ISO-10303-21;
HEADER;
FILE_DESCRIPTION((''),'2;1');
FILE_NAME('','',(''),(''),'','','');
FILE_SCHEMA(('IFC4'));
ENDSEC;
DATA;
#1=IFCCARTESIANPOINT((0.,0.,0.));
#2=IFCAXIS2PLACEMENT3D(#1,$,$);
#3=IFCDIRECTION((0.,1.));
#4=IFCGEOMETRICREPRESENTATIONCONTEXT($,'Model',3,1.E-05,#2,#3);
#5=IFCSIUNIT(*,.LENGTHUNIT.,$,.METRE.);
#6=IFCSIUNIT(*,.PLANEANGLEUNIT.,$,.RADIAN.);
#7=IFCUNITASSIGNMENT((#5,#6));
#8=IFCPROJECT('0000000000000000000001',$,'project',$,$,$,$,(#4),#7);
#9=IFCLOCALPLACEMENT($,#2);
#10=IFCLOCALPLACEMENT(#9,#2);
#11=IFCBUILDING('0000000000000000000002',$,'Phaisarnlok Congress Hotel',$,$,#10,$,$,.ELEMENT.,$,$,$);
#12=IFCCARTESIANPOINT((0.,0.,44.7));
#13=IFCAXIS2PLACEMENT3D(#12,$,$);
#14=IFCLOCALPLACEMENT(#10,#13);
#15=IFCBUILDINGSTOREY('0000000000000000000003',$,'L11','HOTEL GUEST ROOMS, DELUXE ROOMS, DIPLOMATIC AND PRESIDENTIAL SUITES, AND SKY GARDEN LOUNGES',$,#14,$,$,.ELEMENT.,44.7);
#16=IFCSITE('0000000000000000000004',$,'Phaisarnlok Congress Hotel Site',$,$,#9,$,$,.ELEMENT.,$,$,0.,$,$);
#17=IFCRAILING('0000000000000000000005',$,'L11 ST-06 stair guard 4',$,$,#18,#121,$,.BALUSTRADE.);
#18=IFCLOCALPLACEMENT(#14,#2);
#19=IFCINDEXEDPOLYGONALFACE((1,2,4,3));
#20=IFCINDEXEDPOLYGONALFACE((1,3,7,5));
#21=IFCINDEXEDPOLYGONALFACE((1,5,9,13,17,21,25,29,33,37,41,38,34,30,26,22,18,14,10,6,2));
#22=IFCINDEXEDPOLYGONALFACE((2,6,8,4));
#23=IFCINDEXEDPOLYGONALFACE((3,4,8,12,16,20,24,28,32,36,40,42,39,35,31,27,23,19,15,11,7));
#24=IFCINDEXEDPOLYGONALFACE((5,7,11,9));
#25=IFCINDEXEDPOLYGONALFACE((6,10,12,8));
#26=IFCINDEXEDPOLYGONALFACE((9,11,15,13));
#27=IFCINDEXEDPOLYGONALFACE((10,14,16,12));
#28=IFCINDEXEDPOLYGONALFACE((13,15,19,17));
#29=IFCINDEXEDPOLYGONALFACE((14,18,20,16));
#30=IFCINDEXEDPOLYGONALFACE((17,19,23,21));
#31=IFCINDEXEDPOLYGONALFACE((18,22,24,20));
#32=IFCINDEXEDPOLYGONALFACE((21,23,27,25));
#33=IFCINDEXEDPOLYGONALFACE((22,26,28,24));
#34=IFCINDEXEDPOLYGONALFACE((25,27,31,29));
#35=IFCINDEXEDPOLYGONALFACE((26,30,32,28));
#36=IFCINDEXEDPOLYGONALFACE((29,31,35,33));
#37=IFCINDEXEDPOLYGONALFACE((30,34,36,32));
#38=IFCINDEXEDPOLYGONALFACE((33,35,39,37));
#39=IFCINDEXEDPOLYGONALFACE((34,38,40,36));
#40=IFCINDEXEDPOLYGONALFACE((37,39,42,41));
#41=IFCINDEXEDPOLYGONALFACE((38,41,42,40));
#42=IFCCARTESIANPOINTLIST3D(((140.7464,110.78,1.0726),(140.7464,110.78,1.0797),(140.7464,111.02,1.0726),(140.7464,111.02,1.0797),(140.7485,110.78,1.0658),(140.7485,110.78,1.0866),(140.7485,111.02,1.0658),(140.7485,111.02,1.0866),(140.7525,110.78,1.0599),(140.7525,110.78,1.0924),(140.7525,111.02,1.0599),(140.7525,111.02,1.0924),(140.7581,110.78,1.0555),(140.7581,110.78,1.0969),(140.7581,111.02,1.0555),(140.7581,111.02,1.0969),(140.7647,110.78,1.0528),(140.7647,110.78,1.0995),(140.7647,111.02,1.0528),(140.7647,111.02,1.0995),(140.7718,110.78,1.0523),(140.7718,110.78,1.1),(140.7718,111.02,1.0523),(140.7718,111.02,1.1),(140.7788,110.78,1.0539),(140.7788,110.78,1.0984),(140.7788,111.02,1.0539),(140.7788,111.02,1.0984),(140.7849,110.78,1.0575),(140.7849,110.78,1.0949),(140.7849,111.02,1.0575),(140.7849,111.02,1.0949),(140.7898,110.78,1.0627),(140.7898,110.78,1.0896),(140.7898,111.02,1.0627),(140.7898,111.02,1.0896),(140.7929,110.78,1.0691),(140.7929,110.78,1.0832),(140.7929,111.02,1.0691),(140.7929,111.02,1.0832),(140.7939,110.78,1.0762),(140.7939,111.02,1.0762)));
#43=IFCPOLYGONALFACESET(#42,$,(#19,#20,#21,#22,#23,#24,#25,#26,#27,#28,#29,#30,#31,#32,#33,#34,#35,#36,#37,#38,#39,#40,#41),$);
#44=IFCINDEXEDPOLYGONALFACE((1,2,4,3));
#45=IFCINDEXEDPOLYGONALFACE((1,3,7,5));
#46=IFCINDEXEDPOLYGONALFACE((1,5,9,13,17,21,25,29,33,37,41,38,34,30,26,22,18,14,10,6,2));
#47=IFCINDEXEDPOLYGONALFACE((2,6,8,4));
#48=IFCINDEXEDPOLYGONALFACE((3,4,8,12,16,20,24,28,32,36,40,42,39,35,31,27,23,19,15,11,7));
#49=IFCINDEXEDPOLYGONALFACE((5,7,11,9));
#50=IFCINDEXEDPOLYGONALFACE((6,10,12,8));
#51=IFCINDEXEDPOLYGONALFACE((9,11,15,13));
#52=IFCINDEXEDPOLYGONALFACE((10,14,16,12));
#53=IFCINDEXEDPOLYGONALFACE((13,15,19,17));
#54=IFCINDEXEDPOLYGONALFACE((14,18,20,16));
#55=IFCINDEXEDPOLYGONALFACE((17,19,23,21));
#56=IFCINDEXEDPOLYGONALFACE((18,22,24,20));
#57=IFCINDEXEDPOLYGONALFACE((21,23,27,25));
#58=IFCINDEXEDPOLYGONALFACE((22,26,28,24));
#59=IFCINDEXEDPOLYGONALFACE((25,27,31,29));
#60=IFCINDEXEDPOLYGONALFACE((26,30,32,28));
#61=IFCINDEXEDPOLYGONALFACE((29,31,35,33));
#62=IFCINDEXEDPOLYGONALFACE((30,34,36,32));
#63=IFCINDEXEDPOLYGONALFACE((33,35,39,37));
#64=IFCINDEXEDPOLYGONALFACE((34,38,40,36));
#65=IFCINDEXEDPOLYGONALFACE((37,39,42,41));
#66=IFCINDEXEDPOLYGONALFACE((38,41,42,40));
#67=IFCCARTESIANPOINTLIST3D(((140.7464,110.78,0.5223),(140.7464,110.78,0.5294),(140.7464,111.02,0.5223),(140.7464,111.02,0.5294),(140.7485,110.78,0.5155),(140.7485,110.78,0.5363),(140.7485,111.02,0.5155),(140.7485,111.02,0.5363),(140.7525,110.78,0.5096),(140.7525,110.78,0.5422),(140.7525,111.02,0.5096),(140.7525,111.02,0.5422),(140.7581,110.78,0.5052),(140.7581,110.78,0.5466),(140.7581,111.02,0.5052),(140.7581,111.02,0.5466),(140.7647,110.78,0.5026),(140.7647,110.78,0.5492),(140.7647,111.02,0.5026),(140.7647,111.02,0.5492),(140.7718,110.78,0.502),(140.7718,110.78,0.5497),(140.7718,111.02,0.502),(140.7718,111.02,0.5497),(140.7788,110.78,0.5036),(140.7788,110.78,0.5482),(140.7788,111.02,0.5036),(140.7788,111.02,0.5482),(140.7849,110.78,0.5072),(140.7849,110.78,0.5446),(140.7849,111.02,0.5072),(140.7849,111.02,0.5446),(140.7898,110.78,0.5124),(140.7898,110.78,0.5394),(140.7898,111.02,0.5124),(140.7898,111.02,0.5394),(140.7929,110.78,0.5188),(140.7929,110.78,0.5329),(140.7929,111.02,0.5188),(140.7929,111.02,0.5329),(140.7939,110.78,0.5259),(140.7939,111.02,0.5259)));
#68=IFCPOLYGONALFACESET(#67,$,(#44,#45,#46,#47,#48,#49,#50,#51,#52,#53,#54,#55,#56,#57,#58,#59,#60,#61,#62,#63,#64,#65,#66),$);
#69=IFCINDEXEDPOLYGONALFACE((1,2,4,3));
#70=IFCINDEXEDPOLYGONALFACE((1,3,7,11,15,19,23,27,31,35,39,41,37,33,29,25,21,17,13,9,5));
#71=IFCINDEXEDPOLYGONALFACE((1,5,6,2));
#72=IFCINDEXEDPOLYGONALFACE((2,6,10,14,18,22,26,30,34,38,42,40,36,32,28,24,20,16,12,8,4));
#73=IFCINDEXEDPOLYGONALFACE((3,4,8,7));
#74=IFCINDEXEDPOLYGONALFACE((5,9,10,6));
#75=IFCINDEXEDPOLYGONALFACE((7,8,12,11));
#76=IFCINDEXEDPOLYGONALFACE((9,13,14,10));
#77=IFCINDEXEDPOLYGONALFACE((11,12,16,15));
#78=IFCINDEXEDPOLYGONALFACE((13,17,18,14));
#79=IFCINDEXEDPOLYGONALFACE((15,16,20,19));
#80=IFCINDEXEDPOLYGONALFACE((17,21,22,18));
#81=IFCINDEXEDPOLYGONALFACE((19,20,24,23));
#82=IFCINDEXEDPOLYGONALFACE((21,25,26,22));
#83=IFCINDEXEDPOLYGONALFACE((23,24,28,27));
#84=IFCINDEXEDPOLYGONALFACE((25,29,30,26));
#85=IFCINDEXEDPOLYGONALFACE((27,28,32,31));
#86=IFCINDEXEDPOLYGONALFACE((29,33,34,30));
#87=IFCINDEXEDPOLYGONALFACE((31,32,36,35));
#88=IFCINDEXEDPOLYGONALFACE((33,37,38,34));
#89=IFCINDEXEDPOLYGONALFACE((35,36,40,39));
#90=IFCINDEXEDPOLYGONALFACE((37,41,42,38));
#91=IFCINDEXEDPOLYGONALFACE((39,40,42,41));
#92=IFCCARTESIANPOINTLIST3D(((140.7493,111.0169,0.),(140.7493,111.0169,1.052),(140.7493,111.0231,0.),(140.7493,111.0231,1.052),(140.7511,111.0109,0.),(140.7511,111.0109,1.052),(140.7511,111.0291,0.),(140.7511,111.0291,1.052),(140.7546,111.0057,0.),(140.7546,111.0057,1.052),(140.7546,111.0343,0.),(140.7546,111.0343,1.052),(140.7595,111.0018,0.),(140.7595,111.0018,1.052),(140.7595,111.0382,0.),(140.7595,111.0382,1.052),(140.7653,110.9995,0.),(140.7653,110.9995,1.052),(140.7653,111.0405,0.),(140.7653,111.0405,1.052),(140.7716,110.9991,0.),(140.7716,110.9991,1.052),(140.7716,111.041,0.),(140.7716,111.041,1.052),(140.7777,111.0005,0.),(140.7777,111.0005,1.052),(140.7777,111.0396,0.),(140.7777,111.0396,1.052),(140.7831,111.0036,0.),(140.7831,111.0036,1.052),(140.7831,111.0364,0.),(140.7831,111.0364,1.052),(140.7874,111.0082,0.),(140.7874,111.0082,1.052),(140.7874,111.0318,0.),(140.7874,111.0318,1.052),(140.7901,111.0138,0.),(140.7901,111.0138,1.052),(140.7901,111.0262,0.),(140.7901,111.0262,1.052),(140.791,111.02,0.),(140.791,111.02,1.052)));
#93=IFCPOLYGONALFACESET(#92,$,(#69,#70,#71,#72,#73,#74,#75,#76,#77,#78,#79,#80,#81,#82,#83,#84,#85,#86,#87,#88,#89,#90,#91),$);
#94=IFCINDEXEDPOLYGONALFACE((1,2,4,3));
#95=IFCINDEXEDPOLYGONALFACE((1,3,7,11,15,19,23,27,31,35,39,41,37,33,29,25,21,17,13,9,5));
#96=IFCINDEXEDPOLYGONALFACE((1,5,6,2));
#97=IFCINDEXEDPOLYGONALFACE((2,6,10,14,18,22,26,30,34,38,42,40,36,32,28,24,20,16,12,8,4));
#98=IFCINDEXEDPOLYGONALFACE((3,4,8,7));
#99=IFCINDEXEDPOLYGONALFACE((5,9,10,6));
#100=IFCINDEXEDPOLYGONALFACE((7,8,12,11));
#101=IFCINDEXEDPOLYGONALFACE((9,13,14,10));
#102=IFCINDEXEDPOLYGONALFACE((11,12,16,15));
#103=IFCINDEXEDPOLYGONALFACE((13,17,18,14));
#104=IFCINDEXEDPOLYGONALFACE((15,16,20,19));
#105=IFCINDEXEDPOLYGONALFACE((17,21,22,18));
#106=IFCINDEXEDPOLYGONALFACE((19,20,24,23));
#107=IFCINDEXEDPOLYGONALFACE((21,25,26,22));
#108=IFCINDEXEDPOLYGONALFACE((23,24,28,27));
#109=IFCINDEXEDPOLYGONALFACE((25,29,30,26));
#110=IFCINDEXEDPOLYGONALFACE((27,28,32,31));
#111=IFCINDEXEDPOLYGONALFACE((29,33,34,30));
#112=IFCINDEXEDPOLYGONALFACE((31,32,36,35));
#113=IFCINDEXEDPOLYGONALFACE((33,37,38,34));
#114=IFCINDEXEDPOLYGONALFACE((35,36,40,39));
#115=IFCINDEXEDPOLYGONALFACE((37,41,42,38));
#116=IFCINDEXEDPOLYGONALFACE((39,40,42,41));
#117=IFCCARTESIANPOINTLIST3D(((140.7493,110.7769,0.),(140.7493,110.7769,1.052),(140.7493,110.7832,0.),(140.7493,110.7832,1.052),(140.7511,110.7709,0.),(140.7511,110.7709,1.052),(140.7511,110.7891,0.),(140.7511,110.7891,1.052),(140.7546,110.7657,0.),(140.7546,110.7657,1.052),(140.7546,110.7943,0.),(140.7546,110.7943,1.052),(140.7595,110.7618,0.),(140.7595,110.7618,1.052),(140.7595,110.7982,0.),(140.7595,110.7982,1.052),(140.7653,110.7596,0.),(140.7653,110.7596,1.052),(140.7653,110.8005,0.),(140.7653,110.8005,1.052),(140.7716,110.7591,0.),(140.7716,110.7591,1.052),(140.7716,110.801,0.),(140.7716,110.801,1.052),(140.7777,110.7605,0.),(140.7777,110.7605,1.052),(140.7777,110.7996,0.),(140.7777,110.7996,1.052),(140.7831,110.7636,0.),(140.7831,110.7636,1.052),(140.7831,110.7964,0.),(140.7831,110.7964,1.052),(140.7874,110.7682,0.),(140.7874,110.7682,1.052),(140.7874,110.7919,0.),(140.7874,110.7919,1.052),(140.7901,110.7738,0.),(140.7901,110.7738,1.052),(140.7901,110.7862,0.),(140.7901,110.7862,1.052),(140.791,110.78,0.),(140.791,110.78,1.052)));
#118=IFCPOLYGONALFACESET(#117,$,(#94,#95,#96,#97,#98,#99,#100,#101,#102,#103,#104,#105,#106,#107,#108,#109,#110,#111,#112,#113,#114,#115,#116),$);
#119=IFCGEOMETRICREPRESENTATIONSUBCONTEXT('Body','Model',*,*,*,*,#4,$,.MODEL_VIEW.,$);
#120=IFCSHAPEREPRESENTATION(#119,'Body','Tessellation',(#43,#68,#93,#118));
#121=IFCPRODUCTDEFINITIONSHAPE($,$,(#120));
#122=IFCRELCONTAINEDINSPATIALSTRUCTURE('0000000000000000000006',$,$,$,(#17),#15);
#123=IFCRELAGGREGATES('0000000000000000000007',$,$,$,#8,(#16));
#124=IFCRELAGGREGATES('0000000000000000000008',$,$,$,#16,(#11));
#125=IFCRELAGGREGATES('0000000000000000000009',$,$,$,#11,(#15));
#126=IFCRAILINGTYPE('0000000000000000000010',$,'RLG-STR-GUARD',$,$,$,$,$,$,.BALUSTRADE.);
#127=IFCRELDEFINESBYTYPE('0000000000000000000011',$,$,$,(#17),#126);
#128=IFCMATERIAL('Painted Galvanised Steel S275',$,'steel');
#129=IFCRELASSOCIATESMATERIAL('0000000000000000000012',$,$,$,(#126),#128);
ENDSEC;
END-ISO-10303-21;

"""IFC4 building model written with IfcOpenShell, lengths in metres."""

from ifc_helpers import new_model, si_unit, direction, frame, origin, origin_2d, place, context, subcontext, project, spatial, circle, extrude, material, type_object, element, save


model = new_model("IFC4")

# Units and contexts
model_context = context("Model", 3, precision=1e-05, world=origin(), true_north=direction((0.0, 1.0)))
body_context = subcontext(model_context, "Body", "Model", "MODEL_VIEW")
ifc_project = project(units=[si_unit("LENGTHUNIT", "METRE"), si_unit("PLANEANGLEUNIT", "RADIAN")], contexts=[model_context])

# Site, building, storey
site_placement = place(None, origin())
site = spatial("IfcSite", under=ifc_project, at=site_placement, Name="Phaisarnlok Congress Hotel Site", CompositionType="ELEMENT", RefElevation=0.0)
building_placement = place(site_placement, origin())
building = spatial("IfcBuilding", under=site, at=building_placement, Name="Phaisarnlok Congress Hotel", CompositionType="ELEMENT")
storey_placement = place(building_placement, frame((0.0, 0.0, 44.7)))
storey = spatial("IfcBuildingStorey", under=building, at=storey_placement, Name="L11", Description="HOTEL GUEST ROOMS, DELUXE ROOMS, DIPLOMATIC AND PRESIDENTIAL SUITES, AND SKY GARDEN LOUNGES", CompositionType="ELEMENT", Elevation=44.7)

# Railing
ifc_material_1 = material(Name="Painted Galvanised Steel S275", Category="steel")
railing_type_1 = type_object("IfcRailingType", Name="RLG-STR-GUARD", PredefinedType="BALUSTRADE", material=ifc_material_1)
railing_1_placement = place(storey_placement, frame((140.77, 111.02, 0.0)))
element("IfcRailing", 1, at=railing_1_placement, inside=storey, type_object=railing_type_1, Name="L11 ST-06 stair guard 4", PredefinedType="BALUSTRADE", context=body_context, shape_type="SweptSolid", body=[
    extrude(circle(Radius=0.0239, at=origin_2d()), frame((0.0, 0.0, 1.0762), z_axis=(0.0, -1.0, 0.0), x_axis=(1.0, 0.0, 0.0)), (0.0, 0.0, 1.0), 0.24),
    extrude(circle(Radius=0.0239, at=origin_2d()), frame((0.0, 0.0, 0.5259), z_axis=(0.0, -1.0, 0.0), x_axis=(1.0, 0.0, 0.0)), (0.0, 0.0, 1.0), 0.24),
    extrude(circle(Radius=0.021, at=origin_2d()), origin(), (0.0, 0.0, 1.0), 1.052),
    extrude(circle(Radius=0.021, at=origin_2d()), frame((0.0, -0.24, 0.0)), (0.0, 0.0, 1.0), 1.052),
])

save(model, "model.ifc")
